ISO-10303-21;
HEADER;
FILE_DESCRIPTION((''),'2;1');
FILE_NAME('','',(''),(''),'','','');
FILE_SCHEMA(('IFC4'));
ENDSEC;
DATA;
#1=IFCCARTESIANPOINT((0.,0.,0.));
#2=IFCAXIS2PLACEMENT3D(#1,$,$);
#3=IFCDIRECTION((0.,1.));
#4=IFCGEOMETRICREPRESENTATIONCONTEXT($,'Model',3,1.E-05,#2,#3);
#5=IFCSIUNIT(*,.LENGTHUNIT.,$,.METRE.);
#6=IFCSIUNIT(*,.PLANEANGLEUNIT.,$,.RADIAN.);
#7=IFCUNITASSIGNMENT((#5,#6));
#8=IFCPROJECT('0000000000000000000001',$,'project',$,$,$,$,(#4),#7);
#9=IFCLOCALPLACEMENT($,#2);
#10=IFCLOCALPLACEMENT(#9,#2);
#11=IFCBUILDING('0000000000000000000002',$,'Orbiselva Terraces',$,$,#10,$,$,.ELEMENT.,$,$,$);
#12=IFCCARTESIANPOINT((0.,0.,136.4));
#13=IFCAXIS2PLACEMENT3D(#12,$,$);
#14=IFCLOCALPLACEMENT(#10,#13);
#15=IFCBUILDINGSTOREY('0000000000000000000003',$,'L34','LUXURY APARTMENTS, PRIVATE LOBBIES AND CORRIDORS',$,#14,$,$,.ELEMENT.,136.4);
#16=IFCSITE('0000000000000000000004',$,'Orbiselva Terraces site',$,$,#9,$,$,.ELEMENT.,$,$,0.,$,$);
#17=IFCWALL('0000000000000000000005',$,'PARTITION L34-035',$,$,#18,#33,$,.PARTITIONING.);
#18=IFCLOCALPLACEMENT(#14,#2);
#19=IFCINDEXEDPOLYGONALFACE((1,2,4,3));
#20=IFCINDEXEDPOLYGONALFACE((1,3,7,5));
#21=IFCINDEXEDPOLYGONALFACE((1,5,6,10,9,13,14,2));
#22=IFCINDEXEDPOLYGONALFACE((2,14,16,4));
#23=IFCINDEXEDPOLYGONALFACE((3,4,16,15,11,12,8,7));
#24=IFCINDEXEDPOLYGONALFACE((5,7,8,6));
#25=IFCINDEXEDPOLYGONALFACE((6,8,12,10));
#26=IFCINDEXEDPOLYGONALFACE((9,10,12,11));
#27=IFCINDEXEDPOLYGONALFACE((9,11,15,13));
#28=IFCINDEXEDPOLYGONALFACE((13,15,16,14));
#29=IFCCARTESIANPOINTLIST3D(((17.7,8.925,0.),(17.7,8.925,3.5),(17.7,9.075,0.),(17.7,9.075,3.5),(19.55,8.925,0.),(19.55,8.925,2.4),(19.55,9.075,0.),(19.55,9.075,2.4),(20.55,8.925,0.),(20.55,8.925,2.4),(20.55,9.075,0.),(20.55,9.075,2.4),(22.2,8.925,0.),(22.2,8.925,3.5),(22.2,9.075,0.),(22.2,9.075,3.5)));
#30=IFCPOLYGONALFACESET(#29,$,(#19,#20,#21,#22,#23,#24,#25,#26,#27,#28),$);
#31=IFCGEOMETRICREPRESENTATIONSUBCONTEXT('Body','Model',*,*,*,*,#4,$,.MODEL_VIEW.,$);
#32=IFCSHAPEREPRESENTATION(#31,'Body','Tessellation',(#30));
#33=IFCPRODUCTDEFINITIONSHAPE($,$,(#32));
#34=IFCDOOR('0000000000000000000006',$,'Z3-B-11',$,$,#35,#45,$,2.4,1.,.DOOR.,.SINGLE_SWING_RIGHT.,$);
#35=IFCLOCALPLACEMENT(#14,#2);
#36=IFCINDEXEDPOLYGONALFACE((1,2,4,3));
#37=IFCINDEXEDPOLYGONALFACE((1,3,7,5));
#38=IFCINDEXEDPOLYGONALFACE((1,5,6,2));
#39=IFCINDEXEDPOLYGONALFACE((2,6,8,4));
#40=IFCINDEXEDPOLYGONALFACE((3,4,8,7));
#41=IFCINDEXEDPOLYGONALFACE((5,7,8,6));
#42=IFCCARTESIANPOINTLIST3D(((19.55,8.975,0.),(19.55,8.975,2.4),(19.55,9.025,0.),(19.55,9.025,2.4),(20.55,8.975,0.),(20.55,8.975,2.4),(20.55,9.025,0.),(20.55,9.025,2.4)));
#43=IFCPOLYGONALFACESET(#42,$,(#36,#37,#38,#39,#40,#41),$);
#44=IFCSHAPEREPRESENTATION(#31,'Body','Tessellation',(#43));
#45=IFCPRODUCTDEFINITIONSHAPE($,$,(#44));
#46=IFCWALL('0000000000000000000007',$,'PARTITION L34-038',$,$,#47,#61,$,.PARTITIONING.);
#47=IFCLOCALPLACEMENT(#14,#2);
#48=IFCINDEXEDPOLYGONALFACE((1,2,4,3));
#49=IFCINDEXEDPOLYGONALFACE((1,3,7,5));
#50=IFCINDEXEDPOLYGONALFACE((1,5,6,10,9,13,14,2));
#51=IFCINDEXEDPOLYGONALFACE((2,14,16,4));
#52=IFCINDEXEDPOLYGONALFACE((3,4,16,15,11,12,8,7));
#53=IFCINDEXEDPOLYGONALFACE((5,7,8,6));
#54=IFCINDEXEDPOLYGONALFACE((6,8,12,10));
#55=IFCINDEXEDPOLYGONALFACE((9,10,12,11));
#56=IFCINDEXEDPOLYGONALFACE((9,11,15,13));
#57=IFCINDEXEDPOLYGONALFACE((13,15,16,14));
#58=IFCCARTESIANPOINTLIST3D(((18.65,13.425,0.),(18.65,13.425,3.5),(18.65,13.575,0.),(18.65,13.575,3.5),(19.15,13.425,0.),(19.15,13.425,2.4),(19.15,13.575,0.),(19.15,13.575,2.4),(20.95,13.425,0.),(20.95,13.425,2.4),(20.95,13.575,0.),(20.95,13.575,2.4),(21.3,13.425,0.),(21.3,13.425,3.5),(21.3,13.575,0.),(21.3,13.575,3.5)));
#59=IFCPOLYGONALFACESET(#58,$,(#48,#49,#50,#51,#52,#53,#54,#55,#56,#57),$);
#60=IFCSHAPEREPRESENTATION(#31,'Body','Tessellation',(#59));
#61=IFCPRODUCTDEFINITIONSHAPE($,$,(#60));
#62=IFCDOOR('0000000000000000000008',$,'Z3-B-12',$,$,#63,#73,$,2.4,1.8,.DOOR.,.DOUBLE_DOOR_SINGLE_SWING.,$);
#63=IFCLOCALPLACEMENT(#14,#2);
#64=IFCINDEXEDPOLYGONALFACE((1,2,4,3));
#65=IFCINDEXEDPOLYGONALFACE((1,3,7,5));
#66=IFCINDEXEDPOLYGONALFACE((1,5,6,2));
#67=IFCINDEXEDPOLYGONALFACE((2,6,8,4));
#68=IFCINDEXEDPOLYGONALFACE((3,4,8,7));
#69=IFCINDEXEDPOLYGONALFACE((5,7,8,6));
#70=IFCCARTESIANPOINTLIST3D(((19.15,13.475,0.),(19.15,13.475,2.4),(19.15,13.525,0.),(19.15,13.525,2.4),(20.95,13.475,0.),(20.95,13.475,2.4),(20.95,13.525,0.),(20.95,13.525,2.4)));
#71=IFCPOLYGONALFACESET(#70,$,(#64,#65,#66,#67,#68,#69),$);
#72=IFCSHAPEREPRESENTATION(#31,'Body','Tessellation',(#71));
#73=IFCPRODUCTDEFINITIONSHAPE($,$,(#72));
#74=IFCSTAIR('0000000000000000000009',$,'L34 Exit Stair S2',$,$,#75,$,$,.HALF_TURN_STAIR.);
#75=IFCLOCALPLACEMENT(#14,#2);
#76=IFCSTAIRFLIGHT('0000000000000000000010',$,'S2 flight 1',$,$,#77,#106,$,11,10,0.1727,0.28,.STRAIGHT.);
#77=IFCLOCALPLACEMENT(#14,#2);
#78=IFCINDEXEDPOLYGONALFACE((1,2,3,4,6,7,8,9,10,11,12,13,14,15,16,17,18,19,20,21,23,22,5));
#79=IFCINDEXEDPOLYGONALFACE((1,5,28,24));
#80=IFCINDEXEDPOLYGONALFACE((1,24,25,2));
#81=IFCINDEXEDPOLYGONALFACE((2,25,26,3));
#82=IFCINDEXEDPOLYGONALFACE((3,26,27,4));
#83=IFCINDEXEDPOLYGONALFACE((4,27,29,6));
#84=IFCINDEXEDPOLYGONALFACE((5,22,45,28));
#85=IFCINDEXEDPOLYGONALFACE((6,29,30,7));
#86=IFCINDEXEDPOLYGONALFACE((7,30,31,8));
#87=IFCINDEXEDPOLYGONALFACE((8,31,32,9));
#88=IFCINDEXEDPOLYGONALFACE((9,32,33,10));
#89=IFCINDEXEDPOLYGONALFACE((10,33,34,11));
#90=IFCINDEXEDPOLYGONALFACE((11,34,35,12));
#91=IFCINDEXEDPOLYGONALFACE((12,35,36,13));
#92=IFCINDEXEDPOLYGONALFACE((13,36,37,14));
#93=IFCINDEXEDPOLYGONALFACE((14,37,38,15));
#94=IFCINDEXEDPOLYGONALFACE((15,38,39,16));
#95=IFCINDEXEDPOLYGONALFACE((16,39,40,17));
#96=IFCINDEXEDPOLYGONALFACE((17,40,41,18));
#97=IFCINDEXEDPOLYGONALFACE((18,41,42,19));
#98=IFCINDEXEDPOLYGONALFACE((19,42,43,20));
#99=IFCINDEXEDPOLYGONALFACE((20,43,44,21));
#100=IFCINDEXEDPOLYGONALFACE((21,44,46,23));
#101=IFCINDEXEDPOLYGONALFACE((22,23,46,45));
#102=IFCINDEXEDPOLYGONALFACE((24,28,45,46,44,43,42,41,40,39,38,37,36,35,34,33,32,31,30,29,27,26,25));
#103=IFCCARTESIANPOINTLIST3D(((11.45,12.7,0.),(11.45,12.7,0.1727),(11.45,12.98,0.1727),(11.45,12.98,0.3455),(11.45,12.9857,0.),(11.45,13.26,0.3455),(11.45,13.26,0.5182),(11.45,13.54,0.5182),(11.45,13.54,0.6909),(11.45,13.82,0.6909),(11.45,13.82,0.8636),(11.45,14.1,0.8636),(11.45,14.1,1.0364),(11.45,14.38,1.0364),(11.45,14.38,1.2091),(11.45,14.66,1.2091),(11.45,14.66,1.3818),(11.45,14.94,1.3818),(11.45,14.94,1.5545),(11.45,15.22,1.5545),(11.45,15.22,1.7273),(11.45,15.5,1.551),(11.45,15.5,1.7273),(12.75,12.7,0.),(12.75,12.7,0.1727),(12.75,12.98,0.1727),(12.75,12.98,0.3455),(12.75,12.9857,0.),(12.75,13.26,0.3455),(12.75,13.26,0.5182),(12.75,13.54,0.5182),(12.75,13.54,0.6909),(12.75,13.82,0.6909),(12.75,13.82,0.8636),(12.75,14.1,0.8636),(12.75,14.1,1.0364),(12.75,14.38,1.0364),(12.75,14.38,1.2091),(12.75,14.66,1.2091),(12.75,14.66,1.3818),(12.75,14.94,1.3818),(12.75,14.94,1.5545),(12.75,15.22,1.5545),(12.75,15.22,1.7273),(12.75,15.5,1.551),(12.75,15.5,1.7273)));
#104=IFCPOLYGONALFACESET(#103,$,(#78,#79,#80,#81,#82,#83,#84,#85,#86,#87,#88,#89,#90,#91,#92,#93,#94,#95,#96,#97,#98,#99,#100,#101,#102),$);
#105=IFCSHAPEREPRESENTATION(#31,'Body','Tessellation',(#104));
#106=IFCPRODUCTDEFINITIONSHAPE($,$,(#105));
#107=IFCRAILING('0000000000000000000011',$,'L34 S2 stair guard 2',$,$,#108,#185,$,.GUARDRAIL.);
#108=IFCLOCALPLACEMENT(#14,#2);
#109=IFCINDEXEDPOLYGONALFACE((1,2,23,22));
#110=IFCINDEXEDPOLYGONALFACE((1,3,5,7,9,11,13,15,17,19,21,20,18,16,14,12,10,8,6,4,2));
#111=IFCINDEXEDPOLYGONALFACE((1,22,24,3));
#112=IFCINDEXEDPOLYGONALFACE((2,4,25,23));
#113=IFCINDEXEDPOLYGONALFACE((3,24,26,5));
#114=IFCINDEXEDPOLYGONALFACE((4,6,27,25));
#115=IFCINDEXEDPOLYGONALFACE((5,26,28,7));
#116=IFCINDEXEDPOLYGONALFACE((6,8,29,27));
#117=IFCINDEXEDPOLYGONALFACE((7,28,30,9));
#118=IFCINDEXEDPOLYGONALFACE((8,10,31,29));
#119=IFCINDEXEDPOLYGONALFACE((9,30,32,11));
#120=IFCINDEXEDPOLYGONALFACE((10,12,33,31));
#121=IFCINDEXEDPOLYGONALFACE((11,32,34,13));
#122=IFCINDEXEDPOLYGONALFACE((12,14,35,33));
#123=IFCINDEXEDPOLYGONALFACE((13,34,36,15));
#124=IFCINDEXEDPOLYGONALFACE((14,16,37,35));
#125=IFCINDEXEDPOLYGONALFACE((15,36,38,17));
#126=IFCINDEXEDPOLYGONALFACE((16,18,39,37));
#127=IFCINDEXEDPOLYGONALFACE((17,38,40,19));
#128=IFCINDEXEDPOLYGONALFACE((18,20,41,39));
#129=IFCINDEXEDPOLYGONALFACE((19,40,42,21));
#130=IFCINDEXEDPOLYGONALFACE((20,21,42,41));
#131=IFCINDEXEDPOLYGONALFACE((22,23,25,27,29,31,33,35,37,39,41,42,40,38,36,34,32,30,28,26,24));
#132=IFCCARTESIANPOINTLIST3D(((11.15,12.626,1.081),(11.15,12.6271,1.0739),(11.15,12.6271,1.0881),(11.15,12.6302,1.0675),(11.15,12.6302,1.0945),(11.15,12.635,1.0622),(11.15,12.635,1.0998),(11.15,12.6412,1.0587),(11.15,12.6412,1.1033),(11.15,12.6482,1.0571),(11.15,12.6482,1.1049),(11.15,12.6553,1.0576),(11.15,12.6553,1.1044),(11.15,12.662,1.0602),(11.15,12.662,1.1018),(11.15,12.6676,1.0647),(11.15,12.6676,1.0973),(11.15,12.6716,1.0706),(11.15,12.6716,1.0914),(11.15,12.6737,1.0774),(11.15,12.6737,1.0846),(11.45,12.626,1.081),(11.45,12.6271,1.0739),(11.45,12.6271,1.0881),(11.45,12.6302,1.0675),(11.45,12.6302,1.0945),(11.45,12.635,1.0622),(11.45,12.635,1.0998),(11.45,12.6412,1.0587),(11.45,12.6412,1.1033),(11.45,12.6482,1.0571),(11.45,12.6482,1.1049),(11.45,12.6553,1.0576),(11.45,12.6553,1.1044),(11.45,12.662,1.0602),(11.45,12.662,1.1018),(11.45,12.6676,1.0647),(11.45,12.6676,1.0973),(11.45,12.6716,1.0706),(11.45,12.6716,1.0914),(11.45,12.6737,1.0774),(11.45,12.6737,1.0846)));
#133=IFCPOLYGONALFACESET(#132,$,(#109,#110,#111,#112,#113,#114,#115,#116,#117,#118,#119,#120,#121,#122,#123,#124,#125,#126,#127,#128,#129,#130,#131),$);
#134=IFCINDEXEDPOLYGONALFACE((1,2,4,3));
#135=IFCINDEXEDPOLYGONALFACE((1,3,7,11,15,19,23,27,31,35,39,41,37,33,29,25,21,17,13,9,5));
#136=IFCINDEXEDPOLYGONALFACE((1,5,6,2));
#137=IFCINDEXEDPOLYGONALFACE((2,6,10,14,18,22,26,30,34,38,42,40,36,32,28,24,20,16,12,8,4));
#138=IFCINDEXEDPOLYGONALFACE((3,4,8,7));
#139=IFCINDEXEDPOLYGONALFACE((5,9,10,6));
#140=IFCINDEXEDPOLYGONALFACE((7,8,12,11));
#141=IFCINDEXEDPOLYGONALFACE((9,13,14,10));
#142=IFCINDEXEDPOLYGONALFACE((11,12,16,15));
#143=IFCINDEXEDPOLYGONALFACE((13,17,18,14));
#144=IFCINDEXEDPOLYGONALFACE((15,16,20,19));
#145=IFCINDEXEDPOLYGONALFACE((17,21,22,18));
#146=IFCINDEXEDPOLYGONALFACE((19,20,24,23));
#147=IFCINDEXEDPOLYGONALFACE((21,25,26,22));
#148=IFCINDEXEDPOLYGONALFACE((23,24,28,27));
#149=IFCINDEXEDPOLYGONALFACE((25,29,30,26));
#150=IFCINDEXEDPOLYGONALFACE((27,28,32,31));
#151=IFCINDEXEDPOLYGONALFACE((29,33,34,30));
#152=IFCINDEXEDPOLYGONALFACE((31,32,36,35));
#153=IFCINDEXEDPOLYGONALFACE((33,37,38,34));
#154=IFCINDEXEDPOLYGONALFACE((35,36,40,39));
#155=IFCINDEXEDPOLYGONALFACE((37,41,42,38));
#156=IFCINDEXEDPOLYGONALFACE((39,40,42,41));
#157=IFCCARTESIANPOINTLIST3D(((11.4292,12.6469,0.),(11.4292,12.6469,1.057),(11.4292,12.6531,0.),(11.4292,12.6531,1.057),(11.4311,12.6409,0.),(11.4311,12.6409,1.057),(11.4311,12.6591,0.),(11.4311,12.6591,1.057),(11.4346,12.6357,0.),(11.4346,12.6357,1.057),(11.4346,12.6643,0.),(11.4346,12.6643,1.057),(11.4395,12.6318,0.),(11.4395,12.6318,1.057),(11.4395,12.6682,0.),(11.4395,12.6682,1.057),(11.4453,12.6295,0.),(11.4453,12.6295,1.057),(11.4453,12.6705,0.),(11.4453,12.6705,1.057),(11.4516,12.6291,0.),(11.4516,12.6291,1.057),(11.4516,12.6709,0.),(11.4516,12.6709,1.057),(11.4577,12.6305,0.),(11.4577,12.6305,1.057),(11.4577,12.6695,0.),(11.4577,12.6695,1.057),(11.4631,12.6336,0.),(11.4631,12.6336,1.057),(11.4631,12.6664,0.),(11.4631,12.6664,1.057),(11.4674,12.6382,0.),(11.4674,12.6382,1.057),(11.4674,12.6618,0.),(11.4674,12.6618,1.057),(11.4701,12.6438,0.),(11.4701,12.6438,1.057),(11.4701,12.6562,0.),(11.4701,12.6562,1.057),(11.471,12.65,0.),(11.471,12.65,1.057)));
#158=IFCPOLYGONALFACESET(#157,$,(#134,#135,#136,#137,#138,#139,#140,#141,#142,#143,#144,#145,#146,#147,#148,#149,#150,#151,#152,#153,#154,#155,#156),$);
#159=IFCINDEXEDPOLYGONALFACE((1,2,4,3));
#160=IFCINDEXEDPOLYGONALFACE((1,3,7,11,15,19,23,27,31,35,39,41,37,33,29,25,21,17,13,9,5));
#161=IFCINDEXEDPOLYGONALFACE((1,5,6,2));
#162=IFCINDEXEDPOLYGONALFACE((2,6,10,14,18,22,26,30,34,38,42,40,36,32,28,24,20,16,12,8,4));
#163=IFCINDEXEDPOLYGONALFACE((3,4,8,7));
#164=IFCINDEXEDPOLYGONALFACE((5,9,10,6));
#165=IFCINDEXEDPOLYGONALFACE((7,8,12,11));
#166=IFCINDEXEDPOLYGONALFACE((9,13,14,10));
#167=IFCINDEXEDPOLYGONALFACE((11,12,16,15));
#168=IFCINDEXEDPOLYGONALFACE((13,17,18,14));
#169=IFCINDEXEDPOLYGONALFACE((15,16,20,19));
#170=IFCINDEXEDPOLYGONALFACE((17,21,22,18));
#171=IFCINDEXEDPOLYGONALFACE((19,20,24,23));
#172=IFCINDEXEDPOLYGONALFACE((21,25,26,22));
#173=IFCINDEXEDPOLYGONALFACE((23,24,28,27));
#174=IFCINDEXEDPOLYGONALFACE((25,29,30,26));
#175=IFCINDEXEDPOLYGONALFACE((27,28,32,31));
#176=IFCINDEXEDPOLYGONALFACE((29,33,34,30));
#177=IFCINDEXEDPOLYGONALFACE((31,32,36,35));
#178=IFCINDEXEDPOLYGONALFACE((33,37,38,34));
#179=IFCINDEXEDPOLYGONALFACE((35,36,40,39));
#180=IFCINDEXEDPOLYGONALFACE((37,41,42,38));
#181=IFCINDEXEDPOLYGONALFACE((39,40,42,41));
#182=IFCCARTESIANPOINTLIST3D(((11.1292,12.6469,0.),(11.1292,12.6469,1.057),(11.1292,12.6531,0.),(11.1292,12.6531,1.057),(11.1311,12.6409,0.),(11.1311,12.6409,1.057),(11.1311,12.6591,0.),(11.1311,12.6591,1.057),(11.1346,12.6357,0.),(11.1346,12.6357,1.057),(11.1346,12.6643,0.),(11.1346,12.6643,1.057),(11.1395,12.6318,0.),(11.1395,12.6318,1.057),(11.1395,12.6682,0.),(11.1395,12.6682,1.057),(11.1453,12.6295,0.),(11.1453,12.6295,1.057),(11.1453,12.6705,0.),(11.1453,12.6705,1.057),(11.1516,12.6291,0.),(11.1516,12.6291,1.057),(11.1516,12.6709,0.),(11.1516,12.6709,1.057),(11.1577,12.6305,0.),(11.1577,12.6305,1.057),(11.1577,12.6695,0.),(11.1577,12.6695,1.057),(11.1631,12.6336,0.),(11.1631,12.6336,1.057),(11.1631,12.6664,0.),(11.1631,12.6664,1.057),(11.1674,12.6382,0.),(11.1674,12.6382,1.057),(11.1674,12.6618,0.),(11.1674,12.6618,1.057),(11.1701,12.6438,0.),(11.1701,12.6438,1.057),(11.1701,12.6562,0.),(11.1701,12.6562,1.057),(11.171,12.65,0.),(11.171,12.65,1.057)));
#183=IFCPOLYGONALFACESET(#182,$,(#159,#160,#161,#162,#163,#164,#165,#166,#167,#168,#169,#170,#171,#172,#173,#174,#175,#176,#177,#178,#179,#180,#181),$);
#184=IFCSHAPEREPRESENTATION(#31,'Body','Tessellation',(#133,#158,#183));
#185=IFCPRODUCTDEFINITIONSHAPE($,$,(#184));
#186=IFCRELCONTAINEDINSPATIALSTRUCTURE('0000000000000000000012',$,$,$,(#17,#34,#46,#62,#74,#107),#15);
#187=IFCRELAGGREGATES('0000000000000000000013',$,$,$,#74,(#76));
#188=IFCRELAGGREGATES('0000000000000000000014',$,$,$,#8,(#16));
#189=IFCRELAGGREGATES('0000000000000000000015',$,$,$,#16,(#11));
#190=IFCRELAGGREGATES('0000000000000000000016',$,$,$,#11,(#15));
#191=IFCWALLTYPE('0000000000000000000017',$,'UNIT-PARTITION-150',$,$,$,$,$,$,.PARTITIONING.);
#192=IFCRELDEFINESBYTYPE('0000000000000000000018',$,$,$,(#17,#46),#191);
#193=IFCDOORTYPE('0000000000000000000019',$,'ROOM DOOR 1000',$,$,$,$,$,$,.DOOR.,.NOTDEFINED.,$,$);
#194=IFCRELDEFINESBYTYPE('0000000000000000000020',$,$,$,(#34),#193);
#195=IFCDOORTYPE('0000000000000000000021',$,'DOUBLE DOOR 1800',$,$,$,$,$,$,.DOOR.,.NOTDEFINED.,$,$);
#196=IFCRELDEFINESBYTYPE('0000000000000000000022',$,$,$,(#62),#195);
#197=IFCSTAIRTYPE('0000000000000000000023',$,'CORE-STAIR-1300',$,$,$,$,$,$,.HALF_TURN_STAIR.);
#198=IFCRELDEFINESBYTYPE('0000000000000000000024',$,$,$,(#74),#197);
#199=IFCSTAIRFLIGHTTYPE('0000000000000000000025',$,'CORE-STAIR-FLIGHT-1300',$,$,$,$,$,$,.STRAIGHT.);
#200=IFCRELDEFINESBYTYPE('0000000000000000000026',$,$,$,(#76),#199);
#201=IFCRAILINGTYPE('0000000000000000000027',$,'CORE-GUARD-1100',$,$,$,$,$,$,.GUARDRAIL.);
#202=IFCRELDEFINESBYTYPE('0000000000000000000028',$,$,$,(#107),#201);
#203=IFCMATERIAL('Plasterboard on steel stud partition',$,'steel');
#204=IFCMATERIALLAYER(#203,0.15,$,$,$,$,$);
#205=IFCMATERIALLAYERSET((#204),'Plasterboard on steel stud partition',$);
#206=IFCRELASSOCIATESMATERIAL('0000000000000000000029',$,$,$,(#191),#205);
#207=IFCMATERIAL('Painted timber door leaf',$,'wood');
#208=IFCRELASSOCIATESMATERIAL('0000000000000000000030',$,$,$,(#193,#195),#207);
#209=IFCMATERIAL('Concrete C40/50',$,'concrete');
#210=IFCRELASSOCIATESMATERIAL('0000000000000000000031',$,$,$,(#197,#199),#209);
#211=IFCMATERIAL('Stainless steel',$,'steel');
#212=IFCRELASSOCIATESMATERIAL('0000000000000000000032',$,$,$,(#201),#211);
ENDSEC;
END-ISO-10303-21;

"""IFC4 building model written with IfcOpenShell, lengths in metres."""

from ifc_helpers import new_model, si_unit, direction, frame, frame_2d, origin, origin_2d, place, context, subcontext, project, spatial, polyline, rectangle, circle, outline, extrude, material, layer, layer_set, type_object, element, fill, aggregate, save


model = new_model("IFC4")

# Units and contexts
model_context = context("Model", 3, precision=1e-05, world=origin(), true_north=direction((0.0, 1.0)))
body_context = subcontext(model_context, "Body", "Model", "MODEL_VIEW")
ifc_project = project(units=[si_unit("LENGTHUNIT", "METRE"), si_unit("PLANEANGLEUNIT", "RADIAN")], contexts=[model_context])

# Site, building, storey
site_placement = place(None, origin())
site = spatial("IfcSite", under=ifc_project, at=site_placement, Name="Orbiselva Terraces site", CompositionType="ELEMENT", RefElevation=0.0)
building_placement = place(site_placement, origin())
building = spatial("IfcBuilding", under=site, at=building_placement, Name="Orbiselva Terraces", CompositionType="ELEMENT")
storey_placement = place(building_placement, frame((0.0, 0.0, 136.4)))
storey = spatial("IfcBuildingStorey", under=building, at=storey_placement, Name="L34", Description="LUXURY APARTMENTS, PRIVATE LOBBIES AND CORRIDORS", CompositionType="ELEMENT", Elevation=136.4)

# Walls, openings, doors
ifc_material_1 = material(Name="Plasterboard on steel stud partition", Category="steel")
ifc_material_2 = material(Name="Painted timber door leaf", Category="wood")
ifc_layer_1 = layer(ifc_material_1, 0.15)
ifc_layer_set_1 = layer_set([ifc_layer_1], Name="Plasterboard on steel stud partition")
wall_type_1 = type_object("IfcWallType", Name="UNIT-PARTITION-150", PredefinedType="PARTITIONING", material=ifc_layer_set_1)
door_type_1 = type_object("IfcDoorType", Name="ROOM DOOR 1000", OperationType="NOTDEFINED", PredefinedType="DOOR", material=ifc_material_2)
wall_1_placement = place(storey_placement, frame((17.7, 9.0, 0.0), z_axis=(0.0, 0.0, 1.0), x_axis=(1.0, 0.0, 0.0)))
wall_1 = element("IfcWall", 1, at=wall_1_placement, inside=storey, type_object=wall_type_1, Name="PARTITION L34-035", PredefinedType="PARTITIONING", context=body_context, shape_type="SweptSolid", body=[
    extrude(rectangle(XDim=4.5, YDim=0.15, at=frame_2d((2.25, 0.0))), origin(), (0.0, 0.0, 1.0), 3.5),
])
opening_1_placement = place(wall_1_placement, frame((1.85, 0.0, 0.0)))
opening_1 = element("IfcOpeningElement", 2, at=opening_1_placement, cuts=wall_1, PredefinedType="OPENING", context=body_context, shape_type="SweptSolid", body=[
    extrude(rectangle(XDim=1.0, YDim=2.4, at=frame_2d((0.5, 1.2))), frame((0.0, 0.085, 0.0), z_axis=(0.0, -1.0, 0.0), x_axis=(1.0, 0.0, 0.0)), (0.0, 0.0, 1.0), 0.17),
])
door_1_placement = place(opening_1_placement, origin())
door_1 = element("IfcDoor", 3, at=door_1_placement, inside=storey, type_object=door_type_1, Name="Z3-B-11", OperationType="SINGLE_SWING_RIGHT", OverallHeight=2.4, OverallWidth=1.0, PredefinedType="DOOR", context=body_context, shape_type="SweptSolid", body=[
    extrude(rectangle(XDim=1.0, YDim=2.4, at=frame_2d((0.5, 1.2))), frame((0.0, 0.025, 0.0), z_axis=(0.0, -1.0, 0.0), x_axis=(1.0, 0.0, 0.0)), (0.0, 0.0, 1.0), 0.05),
])
fill(opening_1, door_1)
wall_2_placement = place(storey_placement, frame((18.65, 13.5, 0.0), z_axis=(0.0, 0.0, 1.0), x_axis=(1.0, 0.0, 0.0)))
wall_2 = element("IfcWall", 4, at=wall_2_placement, inside=storey, type_object=wall_type_1, Name="PARTITION L34-038", PredefinedType="PARTITIONING", context=body_context, shape_type="SweptSolid", body=[
    extrude(rectangle(XDim=2.65, YDim=0.15, at=frame_2d((1.325, 0.0))), origin(), (0.0, 0.0, 1.0), 3.5),
])
opening_2_placement = place(wall_2_placement, frame((0.5, 0.0, 0.0)))
opening_2 = element("IfcOpeningElement", 5, at=opening_2_placement, cuts=wall_2, PredefinedType="OPENING", context=body_context, shape_type="SweptSolid", body=[
    extrude(rectangle(XDim=1.8, YDim=2.4, at=frame_2d((0.9, 1.2))), frame((0.0, 0.085, 0.0), z_axis=(0.0, -1.0, 0.0), x_axis=(1.0, 0.0, 0.0)), (0.0, 0.0, 1.0), 0.17),
])
door_type_2 = type_object("IfcDoorType", Name="DOUBLE DOOR 1800", OperationType="NOTDEFINED", PredefinedType="DOOR", material=ifc_material_2)
door_2_placement = place(opening_2_placement, origin())
door_2 = element("IfcDoor", 6, at=door_2_placement, inside=storey, type_object=door_type_2, Name="Z3-B-12", OperationType="DOUBLE_DOOR_SINGLE_SWING", OverallHeight=2.4, OverallWidth=1.8, PredefinedType="DOOR", context=body_context, shape_type="SweptSolid", body=[
    extrude(rectangle(XDim=1.8, YDim=2.4, at=frame_2d((0.9, 1.2))), frame((0.0, 0.025, 0.0), z_axis=(0.0, -1.0, 0.0), x_axis=(1.0, 0.0, 0.0)), (0.0, 0.0, 1.0), 0.05),
])
fill(opening_2, door_2)

# Stair, stair flight
ifc_material_3 = material(Name="Concrete C40/50", Category="concrete")
stair_type = type_object("IfcStairType", Name="CORE-STAIR-1300", PredefinedType="HALF_TURN_STAIR", material=ifc_material_3)
stair_placement = place(storey_placement, origin())
stair = element("IfcStair", 7, at=stair_placement, inside=storey, type_object=stair_type, Name="L34 Exit Stair S2", PredefinedType="HALF_TURN_STAIR")
stair_flight_type = type_object("IfcStairFlightType", Name="CORE-STAIR-FLIGHT-1300", PredefinedType="STRAIGHT", material=ifc_material_3)
stair_flight_placement = place(storey_placement, frame((12.1, 12.7, 0.0), z_axis=(0.0, 0.0, 1.0), x_axis=(0.0, 1.0, 0.0)))
stair_flight = element("IfcStairFlight", 8, at=stair_flight_placement, type_object=stair_flight_type, Name="S2 flight 1", NumberOfRisers=11, NumberOfTreads=10, PredefinedType="STRAIGHT", RiserHeight=0.1727, TreadLength=0.28, context=body_context, shape_type="SweptSolid", body=[
    extrude(outline(polyline([(0.0, 0.0), (0.0, 0.1727), (0.28, 0.1727), (0.28, 0.3455), (0.56, 0.3455), (0.56, 0.5182), (0.84, 0.5182), (0.84, 0.6909), (1.12, 0.6909), (1.12, 0.8636), (1.4, 0.8636), (1.4, 1.0364), (1.68, 1.0364), (1.68, 1.2091), (1.96, 1.2091), (1.96, 1.3818), (2.24, 1.3818), (2.24, 1.5545), (2.52, 1.5545), (2.52, 1.7273), (2.8, 1.7273), (2.8, 1.9), (2.8, 1.551), (0.2857, 0.0), (0.0, 0.0)])), frame((0.0, 0.65, 0.0), z_axis=(0.0, -1.0, 0.0), x_axis=(1.0, 0.0, 0.0)), (0.0, 0.0, 1.0), 1.3),
])
aggregate(stair, [stair_flight])

# Railing
ifc_material_4 = material(Name="Stainless steel", Category="steel")
railing_type_1 = type_object("IfcRailingType", Name="CORE-GUARD-1100", PredefinedType="GUARDRAIL", material=ifc_material_4)
railing_1_placement = place(storey_placement, frame((11.45, 12.65, 0.0)))
element("IfcRailing", 9, at=railing_1_placement, inside=storey, type_object=railing_type_1, Name="L34 S2 stair guard 2", PredefinedType="GUARDRAIL", context=body_context, shape_type="SweptSolid", body=[
    extrude(circle(Radius=0.024, at=origin_2d()), frame((0.0, 0.0, 1.081), z_axis=(-1.0, 0.0, 0.0), x_axis=(0.0, -1.0, 0.0)), (0.0, 0.0, 1.0), 0.3),
    extrude(circle(Radius=0.021, at=origin_2d()), origin(), (0.0, 0.0, 1.0), 1.057),
    extrude(circle(Radius=0.021, at=origin_2d()), frame((-0.3, 0.0, 0.0)), (0.0, 0.0, 1.0), 1.057),
])

save(model, "model.ifc")
